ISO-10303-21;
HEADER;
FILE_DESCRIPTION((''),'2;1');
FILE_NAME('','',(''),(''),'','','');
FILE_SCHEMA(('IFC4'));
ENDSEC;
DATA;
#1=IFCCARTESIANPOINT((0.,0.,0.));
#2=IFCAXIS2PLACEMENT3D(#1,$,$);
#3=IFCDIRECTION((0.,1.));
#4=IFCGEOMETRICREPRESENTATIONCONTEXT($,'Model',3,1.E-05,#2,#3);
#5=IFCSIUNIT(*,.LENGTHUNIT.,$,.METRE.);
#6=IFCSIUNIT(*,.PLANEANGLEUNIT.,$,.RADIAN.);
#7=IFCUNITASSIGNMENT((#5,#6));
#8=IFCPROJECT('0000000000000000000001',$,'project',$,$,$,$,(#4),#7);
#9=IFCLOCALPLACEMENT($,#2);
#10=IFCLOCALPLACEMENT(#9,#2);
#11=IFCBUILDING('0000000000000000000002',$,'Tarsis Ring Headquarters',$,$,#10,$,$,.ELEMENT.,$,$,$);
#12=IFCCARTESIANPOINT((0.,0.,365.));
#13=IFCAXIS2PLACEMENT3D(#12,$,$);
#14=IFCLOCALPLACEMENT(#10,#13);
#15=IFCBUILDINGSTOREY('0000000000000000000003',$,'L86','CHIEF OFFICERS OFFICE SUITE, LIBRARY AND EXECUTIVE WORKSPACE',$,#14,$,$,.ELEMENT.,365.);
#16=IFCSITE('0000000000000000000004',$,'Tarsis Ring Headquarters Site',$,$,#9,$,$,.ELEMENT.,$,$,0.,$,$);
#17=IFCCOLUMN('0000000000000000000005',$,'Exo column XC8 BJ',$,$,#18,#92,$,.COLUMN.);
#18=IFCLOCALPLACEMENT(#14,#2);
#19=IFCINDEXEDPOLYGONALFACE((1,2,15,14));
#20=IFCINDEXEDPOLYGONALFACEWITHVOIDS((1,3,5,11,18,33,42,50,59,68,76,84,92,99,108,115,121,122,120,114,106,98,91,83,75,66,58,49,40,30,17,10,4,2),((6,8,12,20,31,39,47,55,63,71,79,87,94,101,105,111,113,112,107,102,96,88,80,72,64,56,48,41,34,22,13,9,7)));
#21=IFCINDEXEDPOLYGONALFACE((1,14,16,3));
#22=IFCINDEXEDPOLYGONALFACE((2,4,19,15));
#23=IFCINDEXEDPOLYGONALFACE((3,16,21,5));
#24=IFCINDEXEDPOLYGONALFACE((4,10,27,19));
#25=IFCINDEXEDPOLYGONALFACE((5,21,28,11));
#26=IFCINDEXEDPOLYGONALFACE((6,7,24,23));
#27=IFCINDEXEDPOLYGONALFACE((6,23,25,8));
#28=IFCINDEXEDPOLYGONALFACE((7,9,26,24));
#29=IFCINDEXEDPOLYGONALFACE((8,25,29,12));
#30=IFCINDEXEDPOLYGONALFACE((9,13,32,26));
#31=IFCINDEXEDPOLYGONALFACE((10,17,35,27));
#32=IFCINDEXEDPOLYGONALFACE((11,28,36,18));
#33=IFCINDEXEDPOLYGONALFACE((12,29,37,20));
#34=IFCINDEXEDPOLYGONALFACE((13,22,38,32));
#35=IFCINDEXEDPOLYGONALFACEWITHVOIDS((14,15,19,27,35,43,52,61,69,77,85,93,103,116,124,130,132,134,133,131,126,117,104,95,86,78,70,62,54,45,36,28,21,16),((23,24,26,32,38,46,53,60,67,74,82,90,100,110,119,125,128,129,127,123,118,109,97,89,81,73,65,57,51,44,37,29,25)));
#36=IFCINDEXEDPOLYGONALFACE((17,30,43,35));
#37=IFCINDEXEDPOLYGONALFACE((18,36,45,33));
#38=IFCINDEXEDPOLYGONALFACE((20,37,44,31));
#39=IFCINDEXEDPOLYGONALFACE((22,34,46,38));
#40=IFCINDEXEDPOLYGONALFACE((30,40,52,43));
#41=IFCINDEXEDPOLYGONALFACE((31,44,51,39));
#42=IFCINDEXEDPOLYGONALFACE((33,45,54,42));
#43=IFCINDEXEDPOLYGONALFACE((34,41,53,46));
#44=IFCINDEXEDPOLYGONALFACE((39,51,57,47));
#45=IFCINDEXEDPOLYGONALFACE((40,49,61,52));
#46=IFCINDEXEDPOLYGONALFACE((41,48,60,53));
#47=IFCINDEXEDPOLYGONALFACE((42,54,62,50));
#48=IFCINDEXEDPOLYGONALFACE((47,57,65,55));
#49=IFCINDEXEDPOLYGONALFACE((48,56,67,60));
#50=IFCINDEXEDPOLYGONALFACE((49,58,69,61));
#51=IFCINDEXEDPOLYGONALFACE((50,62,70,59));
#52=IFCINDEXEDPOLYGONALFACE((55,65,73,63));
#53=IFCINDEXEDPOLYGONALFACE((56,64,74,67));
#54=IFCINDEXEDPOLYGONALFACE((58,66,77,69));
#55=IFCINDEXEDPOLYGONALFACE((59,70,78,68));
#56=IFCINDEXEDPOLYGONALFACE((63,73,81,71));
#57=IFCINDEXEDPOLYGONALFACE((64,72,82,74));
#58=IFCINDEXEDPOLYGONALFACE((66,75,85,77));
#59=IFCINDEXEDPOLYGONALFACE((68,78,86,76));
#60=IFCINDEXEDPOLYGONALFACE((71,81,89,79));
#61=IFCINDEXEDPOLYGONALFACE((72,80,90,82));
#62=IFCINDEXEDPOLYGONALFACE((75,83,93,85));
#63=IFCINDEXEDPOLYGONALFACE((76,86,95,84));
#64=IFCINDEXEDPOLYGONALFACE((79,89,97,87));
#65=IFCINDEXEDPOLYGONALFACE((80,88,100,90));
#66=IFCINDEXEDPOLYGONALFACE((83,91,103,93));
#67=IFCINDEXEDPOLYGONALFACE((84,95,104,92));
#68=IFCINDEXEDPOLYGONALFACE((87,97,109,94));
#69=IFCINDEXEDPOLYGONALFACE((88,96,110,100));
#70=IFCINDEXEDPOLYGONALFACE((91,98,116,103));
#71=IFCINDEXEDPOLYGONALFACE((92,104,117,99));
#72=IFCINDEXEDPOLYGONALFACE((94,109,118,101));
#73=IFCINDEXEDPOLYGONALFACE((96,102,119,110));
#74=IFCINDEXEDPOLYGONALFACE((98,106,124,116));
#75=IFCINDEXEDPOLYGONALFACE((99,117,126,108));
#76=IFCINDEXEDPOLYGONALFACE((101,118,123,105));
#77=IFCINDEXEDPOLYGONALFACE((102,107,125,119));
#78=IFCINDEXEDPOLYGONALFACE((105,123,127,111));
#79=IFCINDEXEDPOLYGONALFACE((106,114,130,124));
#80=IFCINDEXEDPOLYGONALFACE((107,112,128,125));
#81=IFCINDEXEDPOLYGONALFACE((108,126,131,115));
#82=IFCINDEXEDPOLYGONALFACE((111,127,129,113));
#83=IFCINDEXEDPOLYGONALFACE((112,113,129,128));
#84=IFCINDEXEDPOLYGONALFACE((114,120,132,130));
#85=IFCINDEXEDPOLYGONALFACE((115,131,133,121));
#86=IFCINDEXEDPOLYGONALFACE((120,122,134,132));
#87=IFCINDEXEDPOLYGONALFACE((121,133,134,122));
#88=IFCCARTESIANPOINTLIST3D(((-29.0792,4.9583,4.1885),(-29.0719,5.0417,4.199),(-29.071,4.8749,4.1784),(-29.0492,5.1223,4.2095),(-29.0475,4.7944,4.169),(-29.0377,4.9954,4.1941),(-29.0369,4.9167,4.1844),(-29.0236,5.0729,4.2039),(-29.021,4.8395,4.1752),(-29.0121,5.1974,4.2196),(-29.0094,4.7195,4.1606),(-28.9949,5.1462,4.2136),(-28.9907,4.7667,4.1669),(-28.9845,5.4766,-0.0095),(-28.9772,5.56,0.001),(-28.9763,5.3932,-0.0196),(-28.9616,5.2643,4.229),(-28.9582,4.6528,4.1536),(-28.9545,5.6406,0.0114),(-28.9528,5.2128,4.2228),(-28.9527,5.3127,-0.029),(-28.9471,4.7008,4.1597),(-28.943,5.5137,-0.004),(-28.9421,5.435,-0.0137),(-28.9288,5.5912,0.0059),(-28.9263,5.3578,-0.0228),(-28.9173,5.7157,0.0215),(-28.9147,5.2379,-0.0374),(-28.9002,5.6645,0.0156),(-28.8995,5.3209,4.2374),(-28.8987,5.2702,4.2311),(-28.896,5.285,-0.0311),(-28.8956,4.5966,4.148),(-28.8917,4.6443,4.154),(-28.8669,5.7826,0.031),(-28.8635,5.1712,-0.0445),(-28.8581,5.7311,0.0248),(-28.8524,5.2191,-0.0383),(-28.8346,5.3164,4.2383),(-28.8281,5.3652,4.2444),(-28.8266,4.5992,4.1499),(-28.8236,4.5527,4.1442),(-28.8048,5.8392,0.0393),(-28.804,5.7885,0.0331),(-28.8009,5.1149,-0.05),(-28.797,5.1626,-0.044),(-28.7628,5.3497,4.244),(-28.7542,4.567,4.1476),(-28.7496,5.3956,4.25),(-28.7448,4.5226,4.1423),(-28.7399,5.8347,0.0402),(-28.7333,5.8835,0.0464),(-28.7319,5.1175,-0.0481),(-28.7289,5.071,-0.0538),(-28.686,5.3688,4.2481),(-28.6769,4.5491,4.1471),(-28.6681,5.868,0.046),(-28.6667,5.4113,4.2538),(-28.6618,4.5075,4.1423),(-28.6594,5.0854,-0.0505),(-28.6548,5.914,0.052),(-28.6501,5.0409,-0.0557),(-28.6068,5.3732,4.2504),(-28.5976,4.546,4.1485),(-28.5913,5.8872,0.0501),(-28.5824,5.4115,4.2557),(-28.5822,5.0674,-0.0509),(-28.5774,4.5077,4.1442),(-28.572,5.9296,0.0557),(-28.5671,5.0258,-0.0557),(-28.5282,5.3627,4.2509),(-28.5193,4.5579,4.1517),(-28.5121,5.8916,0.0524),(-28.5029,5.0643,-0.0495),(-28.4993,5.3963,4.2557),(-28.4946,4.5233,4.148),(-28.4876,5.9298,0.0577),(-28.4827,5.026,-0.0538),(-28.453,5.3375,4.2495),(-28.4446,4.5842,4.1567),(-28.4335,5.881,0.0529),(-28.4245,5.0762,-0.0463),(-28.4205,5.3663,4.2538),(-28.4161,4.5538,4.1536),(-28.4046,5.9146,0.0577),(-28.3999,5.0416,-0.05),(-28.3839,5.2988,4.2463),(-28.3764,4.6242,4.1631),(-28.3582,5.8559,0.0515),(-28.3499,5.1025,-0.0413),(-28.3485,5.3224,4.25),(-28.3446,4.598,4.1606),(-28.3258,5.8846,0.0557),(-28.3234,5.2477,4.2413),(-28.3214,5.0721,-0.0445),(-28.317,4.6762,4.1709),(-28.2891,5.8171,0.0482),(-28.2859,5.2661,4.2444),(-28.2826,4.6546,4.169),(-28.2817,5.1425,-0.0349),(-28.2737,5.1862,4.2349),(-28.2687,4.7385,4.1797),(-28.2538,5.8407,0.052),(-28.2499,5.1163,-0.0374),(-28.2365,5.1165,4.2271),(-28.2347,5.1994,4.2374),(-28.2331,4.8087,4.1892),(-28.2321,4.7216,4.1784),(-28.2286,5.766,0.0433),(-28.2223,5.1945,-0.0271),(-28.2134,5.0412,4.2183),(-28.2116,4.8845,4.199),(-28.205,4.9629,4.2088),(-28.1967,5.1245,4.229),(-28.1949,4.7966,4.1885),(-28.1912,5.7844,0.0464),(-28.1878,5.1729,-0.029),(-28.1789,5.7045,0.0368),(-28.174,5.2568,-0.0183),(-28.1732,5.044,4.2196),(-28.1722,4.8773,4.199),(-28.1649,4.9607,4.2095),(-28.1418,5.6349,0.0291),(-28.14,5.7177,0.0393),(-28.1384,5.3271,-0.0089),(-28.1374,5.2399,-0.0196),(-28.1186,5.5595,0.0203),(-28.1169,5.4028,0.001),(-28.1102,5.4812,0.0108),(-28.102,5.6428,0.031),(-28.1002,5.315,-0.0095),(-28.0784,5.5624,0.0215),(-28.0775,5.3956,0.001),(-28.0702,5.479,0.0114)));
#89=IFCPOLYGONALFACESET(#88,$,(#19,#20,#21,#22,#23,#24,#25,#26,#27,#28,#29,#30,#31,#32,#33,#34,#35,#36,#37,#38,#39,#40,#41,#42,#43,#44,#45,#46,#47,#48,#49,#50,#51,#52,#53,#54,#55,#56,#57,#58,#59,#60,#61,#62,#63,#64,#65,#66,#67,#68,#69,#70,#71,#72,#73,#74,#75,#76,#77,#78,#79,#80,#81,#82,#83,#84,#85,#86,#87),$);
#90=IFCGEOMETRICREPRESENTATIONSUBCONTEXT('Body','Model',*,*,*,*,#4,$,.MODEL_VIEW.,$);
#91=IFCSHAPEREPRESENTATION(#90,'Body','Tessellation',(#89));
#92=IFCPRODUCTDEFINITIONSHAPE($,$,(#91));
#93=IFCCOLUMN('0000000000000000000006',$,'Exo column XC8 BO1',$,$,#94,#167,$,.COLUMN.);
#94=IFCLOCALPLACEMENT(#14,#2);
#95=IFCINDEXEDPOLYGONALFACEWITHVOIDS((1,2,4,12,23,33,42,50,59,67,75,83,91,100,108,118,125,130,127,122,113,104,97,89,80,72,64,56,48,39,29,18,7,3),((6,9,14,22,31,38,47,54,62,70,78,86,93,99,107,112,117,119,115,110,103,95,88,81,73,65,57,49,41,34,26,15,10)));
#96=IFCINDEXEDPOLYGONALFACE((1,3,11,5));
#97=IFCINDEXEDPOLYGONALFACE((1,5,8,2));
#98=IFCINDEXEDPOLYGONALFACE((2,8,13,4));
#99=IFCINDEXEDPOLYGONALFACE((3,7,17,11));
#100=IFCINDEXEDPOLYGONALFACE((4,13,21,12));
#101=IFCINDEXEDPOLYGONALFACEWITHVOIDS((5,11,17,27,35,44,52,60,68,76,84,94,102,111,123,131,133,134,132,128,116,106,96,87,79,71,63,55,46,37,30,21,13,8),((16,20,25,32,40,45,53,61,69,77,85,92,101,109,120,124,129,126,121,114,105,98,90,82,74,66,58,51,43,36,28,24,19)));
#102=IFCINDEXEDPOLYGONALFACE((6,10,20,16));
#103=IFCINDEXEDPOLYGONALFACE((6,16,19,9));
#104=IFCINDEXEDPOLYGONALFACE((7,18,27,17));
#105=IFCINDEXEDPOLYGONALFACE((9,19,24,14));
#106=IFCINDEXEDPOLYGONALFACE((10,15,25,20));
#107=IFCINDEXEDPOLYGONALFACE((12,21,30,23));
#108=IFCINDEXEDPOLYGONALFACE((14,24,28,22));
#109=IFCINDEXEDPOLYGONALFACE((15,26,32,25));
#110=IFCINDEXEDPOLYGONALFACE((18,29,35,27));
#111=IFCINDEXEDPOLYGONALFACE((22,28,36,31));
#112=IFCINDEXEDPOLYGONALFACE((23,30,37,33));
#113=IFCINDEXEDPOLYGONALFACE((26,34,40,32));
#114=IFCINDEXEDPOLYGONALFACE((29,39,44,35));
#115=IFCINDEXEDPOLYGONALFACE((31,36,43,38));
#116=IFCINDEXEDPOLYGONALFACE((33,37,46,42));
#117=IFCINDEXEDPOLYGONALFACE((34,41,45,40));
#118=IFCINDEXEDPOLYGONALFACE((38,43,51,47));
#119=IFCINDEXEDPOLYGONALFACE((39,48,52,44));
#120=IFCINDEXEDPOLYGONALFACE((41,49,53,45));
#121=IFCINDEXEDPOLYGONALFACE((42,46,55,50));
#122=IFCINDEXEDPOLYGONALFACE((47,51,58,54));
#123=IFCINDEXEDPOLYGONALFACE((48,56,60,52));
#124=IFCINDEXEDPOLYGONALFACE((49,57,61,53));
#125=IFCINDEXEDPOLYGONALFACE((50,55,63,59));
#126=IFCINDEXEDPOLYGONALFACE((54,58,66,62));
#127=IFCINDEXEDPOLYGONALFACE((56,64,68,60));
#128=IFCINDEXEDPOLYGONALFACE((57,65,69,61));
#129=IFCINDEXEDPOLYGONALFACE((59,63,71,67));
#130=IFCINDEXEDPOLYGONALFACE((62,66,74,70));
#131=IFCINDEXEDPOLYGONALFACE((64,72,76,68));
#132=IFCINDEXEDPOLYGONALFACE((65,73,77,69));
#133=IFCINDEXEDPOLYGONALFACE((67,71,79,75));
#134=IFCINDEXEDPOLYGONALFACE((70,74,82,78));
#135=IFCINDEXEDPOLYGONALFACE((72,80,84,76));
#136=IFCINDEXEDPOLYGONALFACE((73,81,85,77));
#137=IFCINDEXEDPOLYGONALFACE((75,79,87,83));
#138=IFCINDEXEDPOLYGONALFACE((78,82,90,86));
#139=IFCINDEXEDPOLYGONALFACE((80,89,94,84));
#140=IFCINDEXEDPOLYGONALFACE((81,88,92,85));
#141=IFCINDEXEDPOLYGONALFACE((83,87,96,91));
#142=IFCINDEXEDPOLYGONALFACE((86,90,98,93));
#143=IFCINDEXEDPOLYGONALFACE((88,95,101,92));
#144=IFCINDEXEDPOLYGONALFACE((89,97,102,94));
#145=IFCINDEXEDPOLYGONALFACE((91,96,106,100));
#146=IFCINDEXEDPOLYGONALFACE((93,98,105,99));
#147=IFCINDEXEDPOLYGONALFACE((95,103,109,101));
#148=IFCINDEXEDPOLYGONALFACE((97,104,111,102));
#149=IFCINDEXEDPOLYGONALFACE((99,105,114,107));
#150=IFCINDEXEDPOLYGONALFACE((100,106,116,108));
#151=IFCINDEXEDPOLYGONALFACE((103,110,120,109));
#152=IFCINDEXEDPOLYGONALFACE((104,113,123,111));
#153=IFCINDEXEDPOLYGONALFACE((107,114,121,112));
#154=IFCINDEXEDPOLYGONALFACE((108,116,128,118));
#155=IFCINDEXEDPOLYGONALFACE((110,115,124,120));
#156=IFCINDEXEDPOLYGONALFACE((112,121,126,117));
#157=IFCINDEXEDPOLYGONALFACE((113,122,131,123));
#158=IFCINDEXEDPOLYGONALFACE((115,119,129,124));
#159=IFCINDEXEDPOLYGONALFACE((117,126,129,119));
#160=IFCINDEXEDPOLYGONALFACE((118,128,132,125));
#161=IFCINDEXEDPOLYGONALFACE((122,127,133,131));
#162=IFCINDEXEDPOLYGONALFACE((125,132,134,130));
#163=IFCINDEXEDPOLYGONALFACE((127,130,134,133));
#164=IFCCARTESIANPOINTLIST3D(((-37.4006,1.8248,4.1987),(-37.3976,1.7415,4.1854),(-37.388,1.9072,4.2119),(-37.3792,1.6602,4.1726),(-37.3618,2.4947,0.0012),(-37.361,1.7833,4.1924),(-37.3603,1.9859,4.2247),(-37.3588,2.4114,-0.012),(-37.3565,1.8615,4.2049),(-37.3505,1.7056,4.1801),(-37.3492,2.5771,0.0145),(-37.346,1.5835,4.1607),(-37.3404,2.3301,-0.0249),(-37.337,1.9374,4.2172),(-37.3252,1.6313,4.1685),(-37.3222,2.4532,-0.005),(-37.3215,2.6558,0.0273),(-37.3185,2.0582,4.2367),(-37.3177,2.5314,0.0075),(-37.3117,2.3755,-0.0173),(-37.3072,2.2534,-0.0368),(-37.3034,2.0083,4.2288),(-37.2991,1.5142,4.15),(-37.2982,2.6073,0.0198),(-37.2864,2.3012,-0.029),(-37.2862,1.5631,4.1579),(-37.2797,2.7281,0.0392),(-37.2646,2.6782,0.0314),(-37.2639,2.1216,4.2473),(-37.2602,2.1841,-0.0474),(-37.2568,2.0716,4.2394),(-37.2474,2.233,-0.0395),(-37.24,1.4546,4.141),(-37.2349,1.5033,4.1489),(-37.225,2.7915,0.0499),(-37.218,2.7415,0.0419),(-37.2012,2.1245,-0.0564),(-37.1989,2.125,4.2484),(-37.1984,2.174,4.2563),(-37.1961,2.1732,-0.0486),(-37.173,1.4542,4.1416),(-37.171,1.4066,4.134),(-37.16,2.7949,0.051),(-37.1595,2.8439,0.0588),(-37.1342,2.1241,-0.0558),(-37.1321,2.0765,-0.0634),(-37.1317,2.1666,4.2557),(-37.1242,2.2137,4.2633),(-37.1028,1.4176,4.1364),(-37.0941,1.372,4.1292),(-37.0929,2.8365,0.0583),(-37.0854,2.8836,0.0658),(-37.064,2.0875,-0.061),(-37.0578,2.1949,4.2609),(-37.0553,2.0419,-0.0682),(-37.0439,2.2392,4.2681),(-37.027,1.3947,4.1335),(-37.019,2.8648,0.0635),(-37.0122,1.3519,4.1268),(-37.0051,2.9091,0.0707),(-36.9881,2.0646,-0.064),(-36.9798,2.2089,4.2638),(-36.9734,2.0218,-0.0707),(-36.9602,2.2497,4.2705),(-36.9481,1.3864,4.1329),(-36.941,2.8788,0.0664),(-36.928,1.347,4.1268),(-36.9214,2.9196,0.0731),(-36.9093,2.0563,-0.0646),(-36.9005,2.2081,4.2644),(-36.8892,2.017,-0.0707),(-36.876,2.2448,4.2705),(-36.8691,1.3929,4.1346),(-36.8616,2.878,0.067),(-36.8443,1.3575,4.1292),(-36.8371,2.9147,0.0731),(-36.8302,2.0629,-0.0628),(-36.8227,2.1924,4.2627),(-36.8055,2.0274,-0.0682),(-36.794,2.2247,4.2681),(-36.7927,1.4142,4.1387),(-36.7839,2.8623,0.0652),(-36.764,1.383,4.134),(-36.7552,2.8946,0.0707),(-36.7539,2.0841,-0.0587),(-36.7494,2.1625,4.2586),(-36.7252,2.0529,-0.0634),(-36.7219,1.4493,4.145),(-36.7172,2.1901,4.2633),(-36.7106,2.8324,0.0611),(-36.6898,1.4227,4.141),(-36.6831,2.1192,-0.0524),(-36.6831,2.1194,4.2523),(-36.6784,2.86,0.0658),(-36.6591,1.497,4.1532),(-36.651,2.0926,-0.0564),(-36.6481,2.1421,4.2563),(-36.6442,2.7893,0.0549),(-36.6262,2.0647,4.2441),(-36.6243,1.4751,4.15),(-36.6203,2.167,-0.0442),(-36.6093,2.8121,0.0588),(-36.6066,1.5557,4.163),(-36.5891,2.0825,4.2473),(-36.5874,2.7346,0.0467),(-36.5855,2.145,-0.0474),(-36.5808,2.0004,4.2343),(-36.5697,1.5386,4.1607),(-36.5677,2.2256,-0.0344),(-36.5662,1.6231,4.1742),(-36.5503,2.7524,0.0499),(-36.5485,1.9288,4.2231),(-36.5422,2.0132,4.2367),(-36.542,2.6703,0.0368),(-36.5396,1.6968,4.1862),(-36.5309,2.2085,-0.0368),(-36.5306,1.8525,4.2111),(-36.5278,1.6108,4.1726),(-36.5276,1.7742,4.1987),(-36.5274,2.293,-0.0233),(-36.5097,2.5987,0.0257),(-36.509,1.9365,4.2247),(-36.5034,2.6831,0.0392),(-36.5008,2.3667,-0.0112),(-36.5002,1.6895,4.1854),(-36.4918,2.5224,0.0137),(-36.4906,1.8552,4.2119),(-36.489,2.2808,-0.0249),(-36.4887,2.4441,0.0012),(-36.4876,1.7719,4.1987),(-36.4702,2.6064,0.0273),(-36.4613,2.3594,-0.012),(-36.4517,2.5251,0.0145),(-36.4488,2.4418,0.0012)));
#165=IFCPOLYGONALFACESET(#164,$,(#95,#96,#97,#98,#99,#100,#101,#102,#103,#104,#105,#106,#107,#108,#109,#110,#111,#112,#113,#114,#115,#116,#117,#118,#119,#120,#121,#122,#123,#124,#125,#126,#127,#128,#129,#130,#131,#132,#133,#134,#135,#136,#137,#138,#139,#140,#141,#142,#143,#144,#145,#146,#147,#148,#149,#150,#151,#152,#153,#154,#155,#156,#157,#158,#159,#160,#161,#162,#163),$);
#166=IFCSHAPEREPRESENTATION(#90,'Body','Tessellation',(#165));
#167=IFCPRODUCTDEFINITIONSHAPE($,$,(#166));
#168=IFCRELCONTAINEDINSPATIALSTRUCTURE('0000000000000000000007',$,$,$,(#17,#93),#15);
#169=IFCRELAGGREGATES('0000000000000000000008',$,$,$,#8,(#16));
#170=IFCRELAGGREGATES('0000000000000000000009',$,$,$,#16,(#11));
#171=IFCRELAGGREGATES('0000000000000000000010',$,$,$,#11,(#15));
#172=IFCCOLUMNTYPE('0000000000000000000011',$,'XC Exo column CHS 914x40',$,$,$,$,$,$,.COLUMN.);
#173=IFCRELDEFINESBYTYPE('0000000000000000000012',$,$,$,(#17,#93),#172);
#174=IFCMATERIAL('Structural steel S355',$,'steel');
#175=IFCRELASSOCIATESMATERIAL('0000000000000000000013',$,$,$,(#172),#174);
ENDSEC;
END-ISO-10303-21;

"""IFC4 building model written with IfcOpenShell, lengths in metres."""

from ifc_helpers import new_model, si_unit, direction, frame, origin, origin_2d, place, context, subcontext, project, spatial, hollow_circle, extrude, material, material_profile, profile_set, type_object, element, save


model = new_model("IFC4")

# Units and contexts
model_context = context("Model", 3, precision=1e-05, world=origin(), true_north=direction((0.0, 1.0)))
body_context = subcontext(model_context, "Body", "Model", "MODEL_VIEW")
ifc_project = project(units=[si_unit("LENGTHUNIT", "METRE"), si_unit("PLANEANGLEUNIT", "RADIAN")], contexts=[model_context])

# Site, building, storey
site_placement = place(None, origin())
site = spatial("IfcSite", under=ifc_project, at=site_placement, Name="Tarsis Ring Headquarters Site", CompositionType="ELEMENT", RefElevation=0.0)
building_placement = place(site_placement, origin())
building = spatial("IfcBuilding", under=site, at=building_placement, Name="Tarsis Ring Headquarters", CompositionType="ELEMENT")
storey_placement = place(building_placement, frame((0.0, 0.0, 365.0)))
storey = spatial("IfcBuildingStorey", under=building, at=storey_placement, Name="L86", Description="CHIEF OFFICERS OFFICE SUITE, LIBRARY AND EXECUTIVE WORKSPACE", CompositionType="ELEMENT", Elevation=365.0)

# Columns
ifc_material_1 = material(Name="Structural steel S355", Category="steel")
ifc_material_profile_1 = material_profile(ifc_material_1, hollow_circle(Radius=0.457, WallThickness=0.04, at=origin_2d()), Name="CHS 914x40")
ifc_profile_set_1 = profile_set([ifc_material_profile_1], Name="Structural steel S355")
column_type = type_object("IfcColumnType", Name="XC Exo column CHS 914x40", PredefinedType="COLUMN", material=ifc_profile_set_1)
column_1_placement = place(storey_placement, frame((-28.5273, 5.4778, 0.001), z_axis=(-0.022389, -0.122505, 0.992215), x_axis=(0.983706, -0.179782, 0.0)))
element("IfcColumn", 1, at=column_1_placement, inside=storey, type_object=column_type, Name="Exo column XC8 BJ", PredefinedType="COLUMN", context=body_context, shape_type="SweptSolid", body=[
    extrude(hollow_circle(Radius=0.4573, WallThickness=0.04, at=origin_2d()), origin(), (0.0, 0.0, 1.0), 4.231),
])
column_2_placement = place(storey_placement, frame((-36.9053, 2.4683, 0.0012), z_axis=(-0.009132, -0.157599, 0.987461), x_axis=(0.998325, -0.057848, 0.0)))
element("IfcColumn", 2, at=column_2_placement, inside=storey, type_object=column_type, Name="Exo column XC8 BO1", PredefinedType="COLUMN", context=body_context, shape_type="SweptSolid", body=[
    extrude(hollow_circle(Radius=0.4573, WallThickness=0.04, at=origin_2d()), origin(), (0.0, 0.0, 1.0), 4.2507),
])

save(model, "model.ifc")
